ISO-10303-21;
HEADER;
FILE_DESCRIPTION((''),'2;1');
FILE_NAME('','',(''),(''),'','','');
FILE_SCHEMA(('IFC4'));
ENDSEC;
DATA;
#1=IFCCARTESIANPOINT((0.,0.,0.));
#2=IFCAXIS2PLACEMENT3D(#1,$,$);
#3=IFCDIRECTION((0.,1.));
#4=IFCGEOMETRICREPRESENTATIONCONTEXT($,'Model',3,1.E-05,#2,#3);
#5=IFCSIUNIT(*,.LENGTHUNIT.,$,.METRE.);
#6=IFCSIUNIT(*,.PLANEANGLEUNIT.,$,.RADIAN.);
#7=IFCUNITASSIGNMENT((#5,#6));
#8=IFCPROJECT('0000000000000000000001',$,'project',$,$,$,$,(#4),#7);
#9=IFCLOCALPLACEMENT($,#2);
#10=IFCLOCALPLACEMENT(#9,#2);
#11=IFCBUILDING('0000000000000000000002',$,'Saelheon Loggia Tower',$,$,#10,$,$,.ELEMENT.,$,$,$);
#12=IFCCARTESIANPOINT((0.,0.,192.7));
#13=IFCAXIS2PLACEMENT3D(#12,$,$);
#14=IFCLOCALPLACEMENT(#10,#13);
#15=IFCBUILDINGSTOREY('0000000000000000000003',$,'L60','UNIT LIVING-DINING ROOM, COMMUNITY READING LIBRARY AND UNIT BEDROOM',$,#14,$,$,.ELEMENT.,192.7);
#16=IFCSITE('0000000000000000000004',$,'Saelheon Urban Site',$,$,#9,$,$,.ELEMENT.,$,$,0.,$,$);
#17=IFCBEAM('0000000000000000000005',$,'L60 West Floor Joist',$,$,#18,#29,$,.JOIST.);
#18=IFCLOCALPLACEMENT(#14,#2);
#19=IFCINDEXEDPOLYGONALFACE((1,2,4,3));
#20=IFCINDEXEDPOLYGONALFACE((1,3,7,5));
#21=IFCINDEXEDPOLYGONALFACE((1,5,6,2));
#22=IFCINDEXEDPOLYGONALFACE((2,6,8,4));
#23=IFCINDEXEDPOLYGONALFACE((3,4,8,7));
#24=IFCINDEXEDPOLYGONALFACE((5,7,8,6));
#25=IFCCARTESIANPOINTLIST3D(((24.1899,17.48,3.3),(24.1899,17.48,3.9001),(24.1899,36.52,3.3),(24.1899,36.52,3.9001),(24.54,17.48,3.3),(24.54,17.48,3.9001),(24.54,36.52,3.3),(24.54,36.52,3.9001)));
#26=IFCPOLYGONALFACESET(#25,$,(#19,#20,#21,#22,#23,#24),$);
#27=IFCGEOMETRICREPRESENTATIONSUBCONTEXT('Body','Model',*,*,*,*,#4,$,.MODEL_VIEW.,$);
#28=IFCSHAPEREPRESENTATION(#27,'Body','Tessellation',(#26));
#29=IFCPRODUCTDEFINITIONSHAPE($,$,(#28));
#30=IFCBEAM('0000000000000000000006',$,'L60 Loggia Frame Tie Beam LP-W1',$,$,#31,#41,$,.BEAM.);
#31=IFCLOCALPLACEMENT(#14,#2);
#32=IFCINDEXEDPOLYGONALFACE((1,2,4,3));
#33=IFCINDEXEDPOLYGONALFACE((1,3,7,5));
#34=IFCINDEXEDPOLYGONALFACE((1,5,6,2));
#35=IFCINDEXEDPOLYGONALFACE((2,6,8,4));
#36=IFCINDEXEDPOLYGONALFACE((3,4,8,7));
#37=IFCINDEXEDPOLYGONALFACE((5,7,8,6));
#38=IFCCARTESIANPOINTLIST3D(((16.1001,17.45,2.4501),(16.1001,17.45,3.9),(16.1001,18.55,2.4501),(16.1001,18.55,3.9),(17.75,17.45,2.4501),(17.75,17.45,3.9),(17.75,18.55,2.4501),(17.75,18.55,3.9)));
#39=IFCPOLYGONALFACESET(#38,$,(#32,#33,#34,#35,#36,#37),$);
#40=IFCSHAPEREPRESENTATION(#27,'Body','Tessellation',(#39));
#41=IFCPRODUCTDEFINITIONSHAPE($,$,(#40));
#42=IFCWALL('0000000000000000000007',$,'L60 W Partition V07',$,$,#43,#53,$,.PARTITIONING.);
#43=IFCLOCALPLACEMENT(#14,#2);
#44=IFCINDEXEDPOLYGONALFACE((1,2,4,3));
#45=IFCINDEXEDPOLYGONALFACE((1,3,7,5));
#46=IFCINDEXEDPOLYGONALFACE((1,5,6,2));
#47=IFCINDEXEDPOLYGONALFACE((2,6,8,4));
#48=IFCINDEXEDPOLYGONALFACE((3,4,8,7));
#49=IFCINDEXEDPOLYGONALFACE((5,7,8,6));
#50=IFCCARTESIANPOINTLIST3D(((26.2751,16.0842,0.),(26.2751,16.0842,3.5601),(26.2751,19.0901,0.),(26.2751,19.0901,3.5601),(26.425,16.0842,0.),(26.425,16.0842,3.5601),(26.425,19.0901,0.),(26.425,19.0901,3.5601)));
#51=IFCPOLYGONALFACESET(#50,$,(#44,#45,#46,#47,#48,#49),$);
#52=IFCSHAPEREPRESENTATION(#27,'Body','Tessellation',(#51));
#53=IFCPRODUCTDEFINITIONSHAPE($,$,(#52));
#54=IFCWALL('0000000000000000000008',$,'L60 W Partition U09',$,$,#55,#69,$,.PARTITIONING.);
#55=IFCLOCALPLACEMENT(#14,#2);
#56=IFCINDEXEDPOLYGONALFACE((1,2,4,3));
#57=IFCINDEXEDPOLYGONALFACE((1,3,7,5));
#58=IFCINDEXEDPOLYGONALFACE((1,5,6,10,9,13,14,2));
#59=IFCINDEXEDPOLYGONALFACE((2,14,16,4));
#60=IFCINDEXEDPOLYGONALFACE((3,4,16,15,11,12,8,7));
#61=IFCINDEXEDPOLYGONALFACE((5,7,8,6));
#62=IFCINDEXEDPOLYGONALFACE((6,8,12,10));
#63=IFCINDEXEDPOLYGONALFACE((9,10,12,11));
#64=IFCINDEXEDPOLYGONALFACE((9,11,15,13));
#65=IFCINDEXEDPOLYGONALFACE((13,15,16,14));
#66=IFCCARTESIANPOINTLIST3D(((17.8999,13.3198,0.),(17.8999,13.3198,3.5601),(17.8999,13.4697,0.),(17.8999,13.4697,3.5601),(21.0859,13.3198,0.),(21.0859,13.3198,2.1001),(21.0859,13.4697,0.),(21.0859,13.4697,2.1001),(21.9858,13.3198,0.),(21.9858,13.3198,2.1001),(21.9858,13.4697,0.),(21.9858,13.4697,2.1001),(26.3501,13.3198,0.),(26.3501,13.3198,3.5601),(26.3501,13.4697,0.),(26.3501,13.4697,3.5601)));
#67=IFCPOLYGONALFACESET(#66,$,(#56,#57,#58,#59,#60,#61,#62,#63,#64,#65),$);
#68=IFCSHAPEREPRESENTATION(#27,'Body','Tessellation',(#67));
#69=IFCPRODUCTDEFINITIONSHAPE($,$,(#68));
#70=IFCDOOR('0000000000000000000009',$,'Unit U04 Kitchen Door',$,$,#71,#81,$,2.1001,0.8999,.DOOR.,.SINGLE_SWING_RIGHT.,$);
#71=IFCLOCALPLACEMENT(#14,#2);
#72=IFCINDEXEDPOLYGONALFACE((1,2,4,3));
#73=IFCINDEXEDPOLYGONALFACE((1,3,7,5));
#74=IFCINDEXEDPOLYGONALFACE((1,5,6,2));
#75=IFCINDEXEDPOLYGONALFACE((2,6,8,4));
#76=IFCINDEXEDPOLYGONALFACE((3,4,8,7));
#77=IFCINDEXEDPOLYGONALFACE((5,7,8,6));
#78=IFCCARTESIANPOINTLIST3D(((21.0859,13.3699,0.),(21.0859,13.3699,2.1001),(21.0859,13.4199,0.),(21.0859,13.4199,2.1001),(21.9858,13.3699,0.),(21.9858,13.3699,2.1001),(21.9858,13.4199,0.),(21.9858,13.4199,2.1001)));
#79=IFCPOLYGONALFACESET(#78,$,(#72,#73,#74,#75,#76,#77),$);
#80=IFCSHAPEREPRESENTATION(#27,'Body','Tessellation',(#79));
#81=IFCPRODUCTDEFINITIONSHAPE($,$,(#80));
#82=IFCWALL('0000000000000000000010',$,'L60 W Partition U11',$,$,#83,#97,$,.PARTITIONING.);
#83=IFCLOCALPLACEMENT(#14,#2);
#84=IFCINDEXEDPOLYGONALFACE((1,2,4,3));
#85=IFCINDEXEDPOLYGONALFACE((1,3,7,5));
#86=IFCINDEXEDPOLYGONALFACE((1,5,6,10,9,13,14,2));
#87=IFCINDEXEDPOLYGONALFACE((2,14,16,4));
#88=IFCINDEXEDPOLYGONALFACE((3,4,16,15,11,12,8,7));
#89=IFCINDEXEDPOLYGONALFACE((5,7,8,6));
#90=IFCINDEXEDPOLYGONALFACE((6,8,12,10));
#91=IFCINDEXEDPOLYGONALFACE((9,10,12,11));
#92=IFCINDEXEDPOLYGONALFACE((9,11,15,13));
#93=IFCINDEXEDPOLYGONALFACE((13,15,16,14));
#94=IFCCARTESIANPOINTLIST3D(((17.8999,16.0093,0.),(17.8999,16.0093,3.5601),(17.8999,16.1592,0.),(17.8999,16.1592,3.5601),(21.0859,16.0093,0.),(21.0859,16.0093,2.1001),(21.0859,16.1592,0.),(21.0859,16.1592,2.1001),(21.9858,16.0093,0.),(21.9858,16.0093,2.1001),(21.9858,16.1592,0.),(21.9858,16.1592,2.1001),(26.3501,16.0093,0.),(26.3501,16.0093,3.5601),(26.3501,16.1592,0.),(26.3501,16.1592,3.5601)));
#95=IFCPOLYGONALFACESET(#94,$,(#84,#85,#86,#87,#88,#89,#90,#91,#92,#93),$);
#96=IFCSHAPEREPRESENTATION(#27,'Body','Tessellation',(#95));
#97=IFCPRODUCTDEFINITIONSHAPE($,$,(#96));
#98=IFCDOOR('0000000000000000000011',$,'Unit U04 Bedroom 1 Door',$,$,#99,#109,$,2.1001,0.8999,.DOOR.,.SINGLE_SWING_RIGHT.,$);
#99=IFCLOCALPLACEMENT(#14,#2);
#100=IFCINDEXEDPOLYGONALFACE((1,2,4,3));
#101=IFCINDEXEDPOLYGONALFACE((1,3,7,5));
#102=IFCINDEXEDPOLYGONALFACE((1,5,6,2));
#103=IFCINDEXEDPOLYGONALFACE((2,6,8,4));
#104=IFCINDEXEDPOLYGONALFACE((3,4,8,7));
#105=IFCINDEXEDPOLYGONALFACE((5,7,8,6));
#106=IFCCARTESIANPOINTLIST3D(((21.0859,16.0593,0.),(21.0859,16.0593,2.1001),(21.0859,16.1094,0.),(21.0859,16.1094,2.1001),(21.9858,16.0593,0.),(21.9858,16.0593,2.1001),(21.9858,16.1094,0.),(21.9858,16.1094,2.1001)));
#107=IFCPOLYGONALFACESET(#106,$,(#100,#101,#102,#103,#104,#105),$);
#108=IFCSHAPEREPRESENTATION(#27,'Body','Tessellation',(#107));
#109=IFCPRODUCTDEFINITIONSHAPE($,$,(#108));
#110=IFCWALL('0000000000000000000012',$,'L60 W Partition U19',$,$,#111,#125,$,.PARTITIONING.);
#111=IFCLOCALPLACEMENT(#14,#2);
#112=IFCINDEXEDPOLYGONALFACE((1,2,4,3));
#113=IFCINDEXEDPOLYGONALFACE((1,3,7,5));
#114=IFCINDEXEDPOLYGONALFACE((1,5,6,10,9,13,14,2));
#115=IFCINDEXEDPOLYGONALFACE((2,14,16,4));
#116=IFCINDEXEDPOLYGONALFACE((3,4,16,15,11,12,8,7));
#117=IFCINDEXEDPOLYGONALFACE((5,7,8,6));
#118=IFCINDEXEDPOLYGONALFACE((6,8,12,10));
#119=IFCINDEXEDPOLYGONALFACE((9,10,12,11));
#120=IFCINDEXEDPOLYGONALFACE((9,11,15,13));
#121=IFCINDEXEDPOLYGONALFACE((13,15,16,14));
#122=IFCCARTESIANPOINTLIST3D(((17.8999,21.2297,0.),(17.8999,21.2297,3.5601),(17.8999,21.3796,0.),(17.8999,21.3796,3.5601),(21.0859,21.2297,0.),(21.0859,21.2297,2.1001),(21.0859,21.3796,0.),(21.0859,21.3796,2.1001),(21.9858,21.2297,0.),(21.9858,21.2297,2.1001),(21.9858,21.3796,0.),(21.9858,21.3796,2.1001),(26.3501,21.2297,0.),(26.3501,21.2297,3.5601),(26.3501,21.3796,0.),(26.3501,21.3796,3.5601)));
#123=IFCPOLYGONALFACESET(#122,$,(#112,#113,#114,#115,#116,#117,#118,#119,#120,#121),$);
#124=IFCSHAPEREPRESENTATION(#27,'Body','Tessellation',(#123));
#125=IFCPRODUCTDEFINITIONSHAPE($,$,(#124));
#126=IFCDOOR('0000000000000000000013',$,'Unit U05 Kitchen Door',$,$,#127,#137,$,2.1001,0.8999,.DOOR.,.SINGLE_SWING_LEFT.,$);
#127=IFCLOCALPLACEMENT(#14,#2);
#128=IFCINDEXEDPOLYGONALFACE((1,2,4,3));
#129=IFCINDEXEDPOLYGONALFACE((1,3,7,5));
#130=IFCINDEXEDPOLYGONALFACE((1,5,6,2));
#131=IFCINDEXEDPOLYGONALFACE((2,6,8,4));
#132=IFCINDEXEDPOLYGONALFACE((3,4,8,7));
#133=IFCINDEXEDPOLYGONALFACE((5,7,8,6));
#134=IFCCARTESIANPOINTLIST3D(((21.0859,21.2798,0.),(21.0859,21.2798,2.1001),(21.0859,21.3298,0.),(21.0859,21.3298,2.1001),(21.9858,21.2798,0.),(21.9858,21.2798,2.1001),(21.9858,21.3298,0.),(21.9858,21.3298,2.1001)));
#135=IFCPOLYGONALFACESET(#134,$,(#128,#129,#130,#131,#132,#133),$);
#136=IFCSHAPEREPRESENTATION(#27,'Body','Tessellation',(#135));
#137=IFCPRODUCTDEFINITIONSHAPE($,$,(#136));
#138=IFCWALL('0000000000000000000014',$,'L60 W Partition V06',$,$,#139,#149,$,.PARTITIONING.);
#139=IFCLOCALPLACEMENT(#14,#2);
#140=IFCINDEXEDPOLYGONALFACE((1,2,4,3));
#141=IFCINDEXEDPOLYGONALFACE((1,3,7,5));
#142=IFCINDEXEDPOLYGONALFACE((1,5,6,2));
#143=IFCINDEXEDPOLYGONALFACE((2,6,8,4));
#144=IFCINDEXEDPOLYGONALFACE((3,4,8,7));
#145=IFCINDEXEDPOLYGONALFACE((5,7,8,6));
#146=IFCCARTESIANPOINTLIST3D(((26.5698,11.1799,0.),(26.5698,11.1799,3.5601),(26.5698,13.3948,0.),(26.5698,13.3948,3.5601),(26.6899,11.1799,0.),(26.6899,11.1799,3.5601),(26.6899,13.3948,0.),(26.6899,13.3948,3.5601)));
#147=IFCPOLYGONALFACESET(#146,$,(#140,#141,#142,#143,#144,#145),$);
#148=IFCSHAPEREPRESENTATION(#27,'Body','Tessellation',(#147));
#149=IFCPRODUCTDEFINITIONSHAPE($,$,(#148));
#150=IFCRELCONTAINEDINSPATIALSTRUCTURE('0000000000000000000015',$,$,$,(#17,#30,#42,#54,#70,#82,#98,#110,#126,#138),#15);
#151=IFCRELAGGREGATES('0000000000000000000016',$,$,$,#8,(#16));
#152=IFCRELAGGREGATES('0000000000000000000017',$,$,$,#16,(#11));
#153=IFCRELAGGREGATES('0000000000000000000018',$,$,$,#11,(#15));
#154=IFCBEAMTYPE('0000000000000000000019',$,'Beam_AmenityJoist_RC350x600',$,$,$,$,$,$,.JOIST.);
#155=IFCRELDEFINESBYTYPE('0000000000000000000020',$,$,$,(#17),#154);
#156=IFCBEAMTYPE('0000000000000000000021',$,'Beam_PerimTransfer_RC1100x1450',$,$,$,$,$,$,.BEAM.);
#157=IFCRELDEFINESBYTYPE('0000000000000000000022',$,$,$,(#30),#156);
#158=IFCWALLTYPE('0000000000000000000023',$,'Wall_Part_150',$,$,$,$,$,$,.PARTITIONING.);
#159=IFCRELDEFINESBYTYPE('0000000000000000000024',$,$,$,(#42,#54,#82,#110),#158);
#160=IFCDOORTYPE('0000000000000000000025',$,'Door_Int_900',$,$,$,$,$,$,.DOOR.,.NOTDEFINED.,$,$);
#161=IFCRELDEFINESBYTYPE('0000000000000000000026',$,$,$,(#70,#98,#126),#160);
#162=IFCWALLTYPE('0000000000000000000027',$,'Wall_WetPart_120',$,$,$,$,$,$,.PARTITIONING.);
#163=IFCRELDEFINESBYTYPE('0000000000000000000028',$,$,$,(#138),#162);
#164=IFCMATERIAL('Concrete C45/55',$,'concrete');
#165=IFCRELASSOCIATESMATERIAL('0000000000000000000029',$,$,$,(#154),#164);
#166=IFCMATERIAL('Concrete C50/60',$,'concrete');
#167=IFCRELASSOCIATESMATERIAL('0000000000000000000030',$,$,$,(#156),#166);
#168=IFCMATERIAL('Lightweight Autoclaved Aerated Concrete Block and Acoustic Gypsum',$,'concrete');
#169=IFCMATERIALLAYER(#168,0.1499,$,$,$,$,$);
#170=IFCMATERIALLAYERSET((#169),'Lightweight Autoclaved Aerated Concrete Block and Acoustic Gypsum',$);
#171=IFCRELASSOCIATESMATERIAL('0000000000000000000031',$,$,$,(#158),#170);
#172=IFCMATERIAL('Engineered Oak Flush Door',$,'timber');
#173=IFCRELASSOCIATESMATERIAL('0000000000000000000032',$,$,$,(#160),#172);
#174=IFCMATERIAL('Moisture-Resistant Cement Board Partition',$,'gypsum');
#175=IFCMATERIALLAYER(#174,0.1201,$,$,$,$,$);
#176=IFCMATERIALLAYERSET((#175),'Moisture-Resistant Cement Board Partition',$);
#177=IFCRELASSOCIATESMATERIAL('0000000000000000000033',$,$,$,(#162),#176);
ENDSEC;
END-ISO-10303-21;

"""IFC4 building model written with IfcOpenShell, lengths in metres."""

from ifc_helpers import new_model, si_unit, direction, frame, frame_2d, origin, origin_2d, place, context, subcontext, project, spatial, rectangle, extrude, source, transform, mapped, material, layer, layer_set, material_profile, profile_set, type_object, element, fill, save


model = new_model("IFC4")

# Units and contexts
model_context = context("Model", 3, precision=1e-05, world=origin(), true_north=direction((0.0, 1.0)))
body_context = subcontext(model_context, "Body", "Model", "MODEL_VIEW")
ifc_project = project(units=[si_unit("LENGTHUNIT", "METRE"), si_unit("PLANEANGLEUNIT", "RADIAN")], contexts=[model_context])

# Site, building, storey
site_placement = place(None, origin())
site = spatial("IfcSite", under=ifc_project, at=site_placement, Name="Saelheon Urban Site", CompositionType="ELEMENT", RefElevation=0.0)
building_placement = place(site_placement, origin())
building = spatial("IfcBuilding", under=site, at=building_placement, Name="Saelheon Loggia Tower", CompositionType="ELEMENT")
storey_placement = place(building_placement, frame((0.0, 0.0, 192.7)))
storey = spatial("IfcBuildingStorey", under=building, at=storey_placement, Name="L60", Description="UNIT LIVING-DINING ROOM, COMMUNITY READING LIBRARY AND UNIT BEDROOM", CompositionType="ELEMENT", Elevation=192.7)

# Beams
ifc_material_1 = material(Name="Concrete C45/55", Category="concrete")
ifc_material_profile_1 = material_profile(ifc_material_1, rectangle(XDim=0.3501, YDim=0.6001, at=origin_2d()), Name="RC-350x600")
ifc_profile_set_1 = profile_set([ifc_material_profile_1], Name="Concrete C45/55")
beam_type_1 = type_object("IfcBeamType", Name="Beam_AmenityJoist_RC350x600", PredefinedType="JOIST", material=ifc_profile_set_1)
shared_shape_1 = source(origin(), body_context, "Body", "SweptSolid", [
    extrude(rectangle(XDim=0.3501, YDim=0.6001, at=origin_2d()), origin(), (0.0, 0.0, 1.0), 19.04),
])
beam_1_placement = place(storey_placement, frame((24.365, 17.48, 3.6001), z_axis=(0.0, 1.0, 0.0), x_axis=(-1.0, 0.0, 0.0)))
element("IfcBeam", 1, at=beam_1_placement, inside=storey, type_object=beam_type_1, Name="L60 West Floor Joist", PredefinedType="JOIST", context=body_context, shape_type="MappedRepresentation", body=[
    mapped(shared_shape_1, transform((0.0, 0.0, 0.0), scale=1.0)),
])
ifc_material_2 = material(Name="Concrete C50/60", Category="concrete")
ifc_material_profile_2 = material_profile(ifc_material_2, rectangle(XDim=1.1001, YDim=1.45, at=origin_2d()), Name="RC-1100x1450")
ifc_profile_set_2 = profile_set([ifc_material_profile_2], Name="Concrete C50/60")
beam_type_2 = type_object("IfcBeamType", Name="Beam_PerimTransfer_RC1100x1450", PredefinedType="BEAM", material=ifc_profile_set_2)
shared_shape_2 = source(origin(), body_context, "Body", "SweptSolid", [
    extrude(rectangle(XDim=1.1001, YDim=1.45, at=origin_2d()), origin(), (0.0, 0.0, 1.0), 1.6499),
])
beam_2_placement = place(storey_placement, frame((17.75, 18.0, 3.175), z_axis=(-1.0, 0.0, 0.0), x_axis=(0.0, -1.0, 0.0)))
element("IfcBeam", 2, at=beam_2_placement, inside=storey, type_object=beam_type_2, Name="L60 Loggia Frame Tie Beam LP-W1", PredefinedType="BEAM", context=body_context, shape_type="MappedRepresentation", body=[
    mapped(shared_shape_2, transform((0.0, 0.0, 0.0), scale=1.0)),
])

# Wall
ifc_material_3 = material(Name="Lightweight Autoclaved Aerated Concrete Block and Acoustic Gypsum", Category="concrete")
ifc_layer_1 = layer(ifc_material_3, 0.1499)
ifc_layer_set_1 = layer_set([ifc_layer_1], Name="Lightweight Autoclaved Aerated Concrete Block and Acoustic Gypsum")
wall_type_1 = type_object("IfcWallType", Name="Wall_Part_150", PredefinedType="PARTITIONING", material=ifc_layer_set_1)
wall_1_placement = place(storey_placement, frame((26.3501, 16.0842, 0.0), z_axis=(0.0, 0.0, 1.0), x_axis=(0.0, 1.0, 0.0)))
element("IfcWall", 3, at=wall_1_placement, inside=storey, type_object=wall_type_1, Name="L60 W Partition V07", PredefinedType="PARTITIONING", context=body_context, shape_type="SweptSolid", body=[
    extrude(rectangle(XDim=3.0059, YDim=0.1499, at=frame_2d((1.5029, 0.0))), origin(), (0.0, 0.0, 1.0), 3.5601),
])

# Walls, openings, doors
wall_2_placement = place(storey_placement, frame((26.3501, 13.3948, 0.0), z_axis=(0.0, 0.0, 1.0), x_axis=(-1.0, 0.0, 0.0)))
wall_2 = element("IfcWall", 4, at=wall_2_placement, inside=storey, type_object=wall_type_1, Name="L60 W Partition U09", PredefinedType="PARTITIONING", context=body_context, shape_type="SweptSolid", body=[
    extrude(rectangle(XDim=8.4502, YDim=0.1499, at=frame_2d((4.2251, 0.0))), origin(), (0.0, 0.0, 1.0), 3.5601),
])
opening_1_placement = place(wall_2_placement, frame((4.3643, 0.0, 0.0)))
opening_1 = element("IfcOpeningElement", 5, at=opening_1_placement, cuts=wall_2, PredefinedType="OPENING", context=body_context, shape_type="SweptSolid", body=[
    extrude(rectangle(XDim=0.8999, YDim=2.1001, at=frame_2d((0.45, 1.05))), frame((0.0, 0.0869, 0.0), z_axis=(0.0, -1.0, 0.0), x_axis=(1.0, 0.0, 0.0)), (0.0, 0.0, 1.0), 0.1738),
])
ifc_material_4 = material(Name="Engineered Oak Flush Door", Category="timber")
door_type_1 = type_object("IfcDoorType", Name="Door_Int_900", OperationType="NOTDEFINED", PredefinedType="DOOR", material=ifc_material_4)
shared_shape_3 = source(origin(), body_context, "Body", "SweptSolid", [
    extrude(rectangle(XDim=0.8999, YDim=2.1001, at=frame_2d((0.45, 1.05))), frame((0.0, 0.0249, 0.0), z_axis=(0.0, -1.0, 0.0), x_axis=(1.0, 0.0, 0.0)), (0.0, 0.0, 1.0), 0.05),
])
door_1_placement = place(opening_1_placement, origin())
door_1 = element("IfcDoor", 6, at=door_1_placement, inside=storey, type_object=door_type_1, Name="Unit U04 Kitchen Door", OperationType="SINGLE_SWING_RIGHT", OverallHeight=2.1001, OverallWidth=0.8999, PredefinedType="DOOR", context=body_context, shape_type="MappedRepresentation", body=[
    mapped(shared_shape_3, transform((0.0, 0.0, 0.0), scale=1.0)),
])
fill(opening_1, door_1)
wall_3_placement = place(storey_placement, frame((26.3501, 16.0842, 0.0), z_axis=(0.0, 0.0, 1.0), x_axis=(-1.0, 0.0, 0.0)))
wall_3 = element("IfcWall", 7, at=wall_3_placement, inside=storey, type_object=wall_type_1, Name="L60 W Partition U11", PredefinedType="PARTITIONING", context=body_context, shape_type="SweptSolid", body=[
    extrude(rectangle(XDim=8.4502, YDim=0.1499, at=frame_2d((4.2251, 0.0))), origin(), (0.0, 0.0, 1.0), 3.5601),
])
opening_2_placement = place(wall_3_placement, frame((4.3643, 0.0, 0.0)))
opening_2 = element("IfcOpeningElement", 8, at=opening_2_placement, cuts=wall_3, PredefinedType="OPENING", context=body_context, shape_type="SweptSolid", body=[
    extrude(rectangle(XDim=0.8999, YDim=2.1001, at=frame_2d((0.45, 1.05))), frame((0.0, 0.0869, 0.0), z_axis=(0.0, -1.0, 0.0), x_axis=(1.0, 0.0, 0.0)), (0.0, 0.0, 1.0), 0.1738),
])
door_2_placement = place(opening_2_placement, origin())
door_2 = element("IfcDoor", 9, at=door_2_placement, inside=storey, type_object=door_type_1, Name="Unit U04 Bedroom 1 Door", OperationType="SINGLE_SWING_RIGHT", OverallHeight=2.1001, OverallWidth=0.8999, PredefinedType="DOOR", context=body_context, shape_type="MappedRepresentation", body=[
    mapped(shared_shape_3, transform((0.0, 0.0, 0.0), scale=1.0)),
])
fill(opening_2, door_2)
wall_4_placement = place(storey_placement, frame((26.3501, 21.3047, 0.0), z_axis=(0.0, 0.0, 1.0), x_axis=(-1.0, 0.0, 0.0)))
wall_4 = element("IfcWall", 10, at=wall_4_placement, inside=storey, type_object=wall_type_1, Name="L60 W Partition U19", PredefinedType="PARTITIONING", context=body_context, shape_type="SweptSolid", body=[
    extrude(rectangle(XDim=8.4502, YDim=0.1499, at=frame_2d((4.2251, 0.0))), origin(), (0.0, 0.0, 1.0), 3.5601),
])
opening_3_placement = place(wall_4_placement, frame((4.3643, 0.0, 0.0)))
opening_3 = element("IfcOpeningElement", 11, at=opening_3_placement, cuts=wall_4, PredefinedType="OPENING", context=body_context, shape_type="SweptSolid", body=[
    extrude(rectangle(XDim=0.8999, YDim=2.1001, at=frame_2d((0.45, 1.05))), frame((0.0, 0.0869, 0.0), z_axis=(0.0, -1.0, 0.0), x_axis=(1.0, 0.0, 0.0)), (0.0, 0.0, 1.0), 0.1738),
])
door_3_placement = place(opening_3_placement, origin())
door_3 = element("IfcDoor", 12, at=door_3_placement, inside=storey, type_object=door_type_1, Name="Unit U05 Kitchen Door", OperationType="SINGLE_SWING_LEFT", OverallHeight=2.1001, OverallWidth=0.8999, PredefinedType="DOOR", context=body_context, shape_type="MappedRepresentation", body=[
    mapped(shared_shape_3, transform((0.0, 0.0, 0.0), scale=1.0)),
])
fill(opening_3, door_3)

# Wall
ifc_material_5 = material(Name="Moisture-Resistant Cement Board Partition", Category="gypsum")
ifc_layer_2 = layer(ifc_material_5, 0.1201)
ifc_layer_set_2 = layer_set([ifc_layer_2], Name="Moisture-Resistant Cement Board Partition")
wall_type_2 = type_object("IfcWallType", Name="Wall_WetPart_120", PredefinedType="PARTITIONING", material=ifc_layer_set_2)
wall_5_placement = place(storey_placement, frame((26.6299, 11.1799, 0.0), z_axis=(0.0, 0.0, 1.0), x_axis=(0.0, 1.0, 0.0)))
element("IfcWall", 13, at=wall_5_placement, inside=storey, type_object=wall_type_2, Name="L60 W Partition V06", PredefinedType="PARTITIONING", context=body_context, shape_type="SweptSolid", body=[
    extrude(rectangle(XDim=2.2148, YDim=0.1201, at=frame_2d((1.1074, 0.0))), origin(), (0.0, 0.0, 1.0), 3.5601),
])

save(model, "model.ifc")
